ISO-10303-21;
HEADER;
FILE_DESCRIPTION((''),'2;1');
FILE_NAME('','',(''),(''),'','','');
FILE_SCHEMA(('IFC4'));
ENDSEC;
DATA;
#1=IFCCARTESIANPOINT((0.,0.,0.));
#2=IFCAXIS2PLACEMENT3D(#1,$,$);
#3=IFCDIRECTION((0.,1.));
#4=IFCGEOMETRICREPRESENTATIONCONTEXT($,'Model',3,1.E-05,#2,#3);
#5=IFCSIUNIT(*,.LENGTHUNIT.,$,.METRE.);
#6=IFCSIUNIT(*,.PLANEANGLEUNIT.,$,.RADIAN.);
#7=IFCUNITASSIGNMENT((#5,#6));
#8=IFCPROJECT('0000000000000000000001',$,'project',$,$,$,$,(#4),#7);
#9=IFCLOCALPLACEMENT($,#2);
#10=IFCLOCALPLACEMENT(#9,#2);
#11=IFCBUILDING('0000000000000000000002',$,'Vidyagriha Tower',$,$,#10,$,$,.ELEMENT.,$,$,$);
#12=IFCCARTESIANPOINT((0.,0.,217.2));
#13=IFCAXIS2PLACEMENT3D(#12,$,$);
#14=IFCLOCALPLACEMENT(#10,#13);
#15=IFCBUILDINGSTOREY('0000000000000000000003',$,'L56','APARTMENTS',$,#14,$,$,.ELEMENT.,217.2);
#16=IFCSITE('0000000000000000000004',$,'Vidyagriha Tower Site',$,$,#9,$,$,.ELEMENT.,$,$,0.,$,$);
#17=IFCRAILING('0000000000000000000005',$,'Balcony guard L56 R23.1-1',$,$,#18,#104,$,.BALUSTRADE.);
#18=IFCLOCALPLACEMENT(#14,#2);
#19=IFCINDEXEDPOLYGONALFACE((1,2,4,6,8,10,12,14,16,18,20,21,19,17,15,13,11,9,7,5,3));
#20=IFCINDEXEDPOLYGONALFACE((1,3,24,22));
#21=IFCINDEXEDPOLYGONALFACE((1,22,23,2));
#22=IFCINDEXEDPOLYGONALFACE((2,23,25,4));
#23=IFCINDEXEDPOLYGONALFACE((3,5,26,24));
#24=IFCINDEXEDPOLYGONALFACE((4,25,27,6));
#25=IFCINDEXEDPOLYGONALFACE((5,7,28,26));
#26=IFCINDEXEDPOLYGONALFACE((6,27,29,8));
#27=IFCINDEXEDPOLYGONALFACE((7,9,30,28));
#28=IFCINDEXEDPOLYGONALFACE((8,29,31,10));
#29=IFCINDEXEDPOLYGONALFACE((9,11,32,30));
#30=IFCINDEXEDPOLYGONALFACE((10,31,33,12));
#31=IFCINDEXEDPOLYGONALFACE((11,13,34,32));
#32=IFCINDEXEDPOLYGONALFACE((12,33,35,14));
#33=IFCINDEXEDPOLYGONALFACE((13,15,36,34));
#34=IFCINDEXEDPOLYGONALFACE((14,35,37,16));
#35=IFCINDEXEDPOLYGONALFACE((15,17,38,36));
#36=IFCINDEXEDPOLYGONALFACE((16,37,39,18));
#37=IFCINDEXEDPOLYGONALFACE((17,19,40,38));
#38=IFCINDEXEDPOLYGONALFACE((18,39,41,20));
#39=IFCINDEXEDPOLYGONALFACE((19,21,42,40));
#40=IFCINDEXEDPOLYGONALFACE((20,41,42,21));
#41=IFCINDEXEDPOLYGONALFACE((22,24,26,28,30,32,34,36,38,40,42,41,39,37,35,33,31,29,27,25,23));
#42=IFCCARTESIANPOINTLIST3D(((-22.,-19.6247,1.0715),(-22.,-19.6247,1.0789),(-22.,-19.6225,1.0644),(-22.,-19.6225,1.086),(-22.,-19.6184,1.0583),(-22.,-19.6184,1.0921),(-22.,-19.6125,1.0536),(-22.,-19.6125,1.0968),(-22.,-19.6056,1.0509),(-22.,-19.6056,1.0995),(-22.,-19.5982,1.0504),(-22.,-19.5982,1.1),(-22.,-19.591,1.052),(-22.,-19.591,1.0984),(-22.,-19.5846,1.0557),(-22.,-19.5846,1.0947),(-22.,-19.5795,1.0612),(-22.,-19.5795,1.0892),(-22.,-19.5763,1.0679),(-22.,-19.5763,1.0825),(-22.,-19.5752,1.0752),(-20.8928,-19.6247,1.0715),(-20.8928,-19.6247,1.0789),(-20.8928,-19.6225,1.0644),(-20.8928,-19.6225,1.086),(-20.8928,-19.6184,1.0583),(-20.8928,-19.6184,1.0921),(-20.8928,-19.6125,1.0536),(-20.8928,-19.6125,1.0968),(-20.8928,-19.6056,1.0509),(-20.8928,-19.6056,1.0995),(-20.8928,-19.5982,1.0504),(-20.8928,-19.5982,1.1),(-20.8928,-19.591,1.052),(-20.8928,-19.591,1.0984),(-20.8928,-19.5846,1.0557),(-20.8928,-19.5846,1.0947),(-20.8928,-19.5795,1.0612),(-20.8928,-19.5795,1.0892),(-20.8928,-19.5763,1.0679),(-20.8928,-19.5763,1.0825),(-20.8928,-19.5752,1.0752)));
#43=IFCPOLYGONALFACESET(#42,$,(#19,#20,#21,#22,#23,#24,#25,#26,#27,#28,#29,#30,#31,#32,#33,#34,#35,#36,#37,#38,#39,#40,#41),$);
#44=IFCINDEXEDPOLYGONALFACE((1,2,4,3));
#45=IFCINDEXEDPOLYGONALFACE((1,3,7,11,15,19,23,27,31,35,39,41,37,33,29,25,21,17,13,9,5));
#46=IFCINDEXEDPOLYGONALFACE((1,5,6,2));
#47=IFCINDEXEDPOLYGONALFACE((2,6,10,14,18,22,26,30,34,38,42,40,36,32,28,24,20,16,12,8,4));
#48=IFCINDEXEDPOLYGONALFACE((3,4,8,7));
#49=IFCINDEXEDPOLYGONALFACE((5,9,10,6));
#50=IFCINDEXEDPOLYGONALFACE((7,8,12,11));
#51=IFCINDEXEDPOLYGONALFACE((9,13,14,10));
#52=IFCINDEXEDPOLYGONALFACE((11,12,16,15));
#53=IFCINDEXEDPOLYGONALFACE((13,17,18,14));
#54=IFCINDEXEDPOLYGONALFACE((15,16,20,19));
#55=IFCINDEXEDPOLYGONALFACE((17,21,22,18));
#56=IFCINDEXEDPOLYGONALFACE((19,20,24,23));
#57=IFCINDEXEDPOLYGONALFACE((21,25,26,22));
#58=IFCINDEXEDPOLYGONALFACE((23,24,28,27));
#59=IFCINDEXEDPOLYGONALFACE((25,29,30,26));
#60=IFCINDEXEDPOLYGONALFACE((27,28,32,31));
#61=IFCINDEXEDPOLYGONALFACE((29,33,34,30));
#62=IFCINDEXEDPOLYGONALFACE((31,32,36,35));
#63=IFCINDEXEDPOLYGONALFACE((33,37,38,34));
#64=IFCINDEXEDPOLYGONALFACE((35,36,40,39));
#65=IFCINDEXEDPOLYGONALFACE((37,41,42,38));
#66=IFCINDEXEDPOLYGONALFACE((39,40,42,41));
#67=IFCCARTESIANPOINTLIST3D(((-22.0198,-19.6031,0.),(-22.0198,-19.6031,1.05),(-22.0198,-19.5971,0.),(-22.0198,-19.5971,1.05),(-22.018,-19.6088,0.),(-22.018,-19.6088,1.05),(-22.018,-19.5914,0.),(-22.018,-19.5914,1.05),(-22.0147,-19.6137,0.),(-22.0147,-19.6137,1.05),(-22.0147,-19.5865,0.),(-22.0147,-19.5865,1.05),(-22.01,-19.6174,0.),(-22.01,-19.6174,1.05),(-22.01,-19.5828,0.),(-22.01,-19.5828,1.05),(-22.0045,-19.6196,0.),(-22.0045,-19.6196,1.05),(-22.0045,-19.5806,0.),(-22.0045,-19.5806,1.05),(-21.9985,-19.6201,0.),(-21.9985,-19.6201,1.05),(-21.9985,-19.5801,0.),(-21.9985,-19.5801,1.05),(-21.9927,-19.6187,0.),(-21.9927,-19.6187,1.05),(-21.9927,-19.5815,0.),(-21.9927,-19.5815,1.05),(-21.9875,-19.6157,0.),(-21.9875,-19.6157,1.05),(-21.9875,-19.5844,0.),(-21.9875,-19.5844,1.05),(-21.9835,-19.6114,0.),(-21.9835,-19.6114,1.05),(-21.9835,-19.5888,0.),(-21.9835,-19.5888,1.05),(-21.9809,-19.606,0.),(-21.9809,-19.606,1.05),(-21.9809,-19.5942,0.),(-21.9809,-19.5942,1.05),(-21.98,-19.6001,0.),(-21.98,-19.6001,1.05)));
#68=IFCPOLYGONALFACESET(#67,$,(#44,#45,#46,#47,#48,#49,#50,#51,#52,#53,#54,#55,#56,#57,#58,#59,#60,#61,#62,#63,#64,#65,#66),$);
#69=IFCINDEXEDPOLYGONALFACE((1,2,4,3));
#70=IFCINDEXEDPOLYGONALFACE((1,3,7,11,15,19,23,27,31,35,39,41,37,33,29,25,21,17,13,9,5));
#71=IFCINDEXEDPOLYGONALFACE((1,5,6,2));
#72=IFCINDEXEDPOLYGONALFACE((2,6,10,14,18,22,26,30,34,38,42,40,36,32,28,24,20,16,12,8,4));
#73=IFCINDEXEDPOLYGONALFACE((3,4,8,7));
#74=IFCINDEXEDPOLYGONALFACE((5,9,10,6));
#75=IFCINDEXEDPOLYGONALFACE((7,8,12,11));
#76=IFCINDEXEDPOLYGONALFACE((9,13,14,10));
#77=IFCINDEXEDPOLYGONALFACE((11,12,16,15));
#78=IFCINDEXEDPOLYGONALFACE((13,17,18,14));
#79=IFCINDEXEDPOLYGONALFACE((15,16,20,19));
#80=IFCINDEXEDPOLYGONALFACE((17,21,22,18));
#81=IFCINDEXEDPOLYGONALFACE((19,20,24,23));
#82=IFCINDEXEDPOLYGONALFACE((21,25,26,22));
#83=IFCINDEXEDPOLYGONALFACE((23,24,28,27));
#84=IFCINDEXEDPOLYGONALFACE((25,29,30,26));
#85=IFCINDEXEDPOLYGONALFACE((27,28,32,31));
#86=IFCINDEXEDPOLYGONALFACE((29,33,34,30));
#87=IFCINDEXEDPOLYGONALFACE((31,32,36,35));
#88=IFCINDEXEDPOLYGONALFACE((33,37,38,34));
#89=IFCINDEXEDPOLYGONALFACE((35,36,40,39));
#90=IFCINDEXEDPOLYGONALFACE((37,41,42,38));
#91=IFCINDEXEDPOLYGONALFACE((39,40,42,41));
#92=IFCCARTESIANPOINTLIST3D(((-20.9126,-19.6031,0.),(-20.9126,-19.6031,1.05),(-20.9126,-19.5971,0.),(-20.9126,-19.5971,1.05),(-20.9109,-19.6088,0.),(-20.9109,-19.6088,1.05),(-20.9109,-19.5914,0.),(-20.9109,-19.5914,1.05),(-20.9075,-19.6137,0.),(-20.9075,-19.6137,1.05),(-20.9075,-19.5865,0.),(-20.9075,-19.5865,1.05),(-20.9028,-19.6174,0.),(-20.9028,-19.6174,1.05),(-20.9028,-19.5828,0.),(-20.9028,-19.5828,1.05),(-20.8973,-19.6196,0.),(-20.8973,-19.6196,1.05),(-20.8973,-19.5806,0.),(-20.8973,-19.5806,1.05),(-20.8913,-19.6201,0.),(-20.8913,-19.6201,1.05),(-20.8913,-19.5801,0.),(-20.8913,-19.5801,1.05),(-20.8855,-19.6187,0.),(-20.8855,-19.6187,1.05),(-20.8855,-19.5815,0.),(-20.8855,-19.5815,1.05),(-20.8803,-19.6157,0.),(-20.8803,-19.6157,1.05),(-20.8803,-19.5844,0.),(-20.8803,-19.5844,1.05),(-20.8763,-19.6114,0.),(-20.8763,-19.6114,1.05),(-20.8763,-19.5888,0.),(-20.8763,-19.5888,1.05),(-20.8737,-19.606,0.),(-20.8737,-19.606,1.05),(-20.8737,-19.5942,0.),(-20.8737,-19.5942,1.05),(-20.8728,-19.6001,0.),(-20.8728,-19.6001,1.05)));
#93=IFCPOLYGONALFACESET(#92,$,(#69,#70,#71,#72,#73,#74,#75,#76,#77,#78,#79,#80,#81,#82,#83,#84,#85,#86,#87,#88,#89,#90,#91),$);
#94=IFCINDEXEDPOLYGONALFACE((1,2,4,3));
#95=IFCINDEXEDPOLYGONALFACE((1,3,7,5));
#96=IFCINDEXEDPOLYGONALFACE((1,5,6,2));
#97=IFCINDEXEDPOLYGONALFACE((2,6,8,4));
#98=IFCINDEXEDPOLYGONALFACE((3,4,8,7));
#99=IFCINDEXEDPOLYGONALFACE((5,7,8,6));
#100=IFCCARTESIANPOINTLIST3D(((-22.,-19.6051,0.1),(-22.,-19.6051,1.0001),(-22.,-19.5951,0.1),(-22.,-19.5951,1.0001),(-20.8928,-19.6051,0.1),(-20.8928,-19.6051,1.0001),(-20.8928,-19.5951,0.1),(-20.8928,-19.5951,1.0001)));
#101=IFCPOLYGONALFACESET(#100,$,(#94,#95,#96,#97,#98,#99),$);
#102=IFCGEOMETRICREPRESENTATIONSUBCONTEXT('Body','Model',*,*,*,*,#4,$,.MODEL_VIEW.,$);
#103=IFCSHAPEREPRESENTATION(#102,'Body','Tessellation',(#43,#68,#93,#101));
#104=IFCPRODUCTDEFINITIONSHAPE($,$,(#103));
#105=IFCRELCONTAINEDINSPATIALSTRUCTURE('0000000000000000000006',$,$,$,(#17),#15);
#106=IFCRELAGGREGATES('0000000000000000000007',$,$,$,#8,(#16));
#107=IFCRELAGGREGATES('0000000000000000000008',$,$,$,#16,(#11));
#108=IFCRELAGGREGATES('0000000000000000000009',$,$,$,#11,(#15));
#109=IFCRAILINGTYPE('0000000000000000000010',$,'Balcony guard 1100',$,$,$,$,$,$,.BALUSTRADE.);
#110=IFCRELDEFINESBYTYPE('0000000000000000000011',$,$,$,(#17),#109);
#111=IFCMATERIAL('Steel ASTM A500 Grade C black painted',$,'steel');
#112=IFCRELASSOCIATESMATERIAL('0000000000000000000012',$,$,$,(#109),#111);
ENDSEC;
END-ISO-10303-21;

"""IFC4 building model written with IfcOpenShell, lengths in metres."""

from ifc_helpers import new_model, si_unit, direction, frame, origin, origin_2d, place, context, subcontext, project, spatial, rectangle, circle, extrude, material, type_object, element, save


model = new_model("IFC4")

# Units and contexts
model_context = context("Model", 3, precision=1e-05, world=origin(), true_north=direction((0.0, 1.0)))
body_context = subcontext(model_context, "Body", "Model", "MODEL_VIEW")
ifc_project = project(units=[si_unit("LENGTHUNIT", "METRE"), si_unit("PLANEANGLEUNIT", "RADIAN")], contexts=[model_context])

# Site, building, storey
site_placement = place(None, origin())
site = spatial("IfcSite", under=ifc_project, at=site_placement, Name="Vidyagriha Tower Site", CompositionType="ELEMENT", RefElevation=0.0)
building_placement = place(site_placement, origin())
building = spatial("IfcBuilding", under=site, at=building_placement, Name="Vidyagriha Tower", CompositionType="ELEMENT")
storey_placement = place(building_placement, frame((0.0, 0.0, 217.2)))
storey = spatial("IfcBuildingStorey", under=building, at=storey_placement, Name="L56", Description="APARTMENTS", CompositionType="ELEMENT", Elevation=217.2)

# Railing
ifc_material_1 = material(Name="Steel ASTM A500 Grade C black painted", Category="steel")
railing_type_1 = type_object("IfcRailingType", Name="Balcony guard 1100", PredefinedType="BALUSTRADE", material=ifc_material_1)
railing_1_placement = place(storey_placement, frame((-22.0, -19.6001, 0.0)))
element("IfcRailing", 1, at=railing_1_placement, inside=storey, type_object=railing_type_1, Name="Balcony guard L56 R23.1-1", PredefinedType="BALUSTRADE", context=body_context, shape_type="SweptSolid", body=[
    extrude(circle(Radius=0.0249, at=origin_2d()), frame((0.0, 0.0, 1.0752), z_axis=(1.0, 0.0, 0.0), x_axis=(0.0, 1.0, 0.0)), (0.0, 0.0, 1.0), 1.1072),
    extrude(circle(Radius=0.02, at=origin_2d()), origin(), (0.0, 0.0, 1.0), 1.05),
    extrude(circle(Radius=0.02, at=origin_2d()), frame((1.1072, 0.0, 0.0)), (0.0, 0.0, 1.0), 1.05),
    extrude(rectangle(XDim=0.01, YDim=0.9001, at=origin_2d()), frame((0.0, 0.0, 0.55), z_axis=(1.0, 0.0, 0.0), x_axis=(0.0, 1.0, 0.0)), (0.0, 0.0, 1.0), 1.1072),
])

save(model, "model.ifc")
